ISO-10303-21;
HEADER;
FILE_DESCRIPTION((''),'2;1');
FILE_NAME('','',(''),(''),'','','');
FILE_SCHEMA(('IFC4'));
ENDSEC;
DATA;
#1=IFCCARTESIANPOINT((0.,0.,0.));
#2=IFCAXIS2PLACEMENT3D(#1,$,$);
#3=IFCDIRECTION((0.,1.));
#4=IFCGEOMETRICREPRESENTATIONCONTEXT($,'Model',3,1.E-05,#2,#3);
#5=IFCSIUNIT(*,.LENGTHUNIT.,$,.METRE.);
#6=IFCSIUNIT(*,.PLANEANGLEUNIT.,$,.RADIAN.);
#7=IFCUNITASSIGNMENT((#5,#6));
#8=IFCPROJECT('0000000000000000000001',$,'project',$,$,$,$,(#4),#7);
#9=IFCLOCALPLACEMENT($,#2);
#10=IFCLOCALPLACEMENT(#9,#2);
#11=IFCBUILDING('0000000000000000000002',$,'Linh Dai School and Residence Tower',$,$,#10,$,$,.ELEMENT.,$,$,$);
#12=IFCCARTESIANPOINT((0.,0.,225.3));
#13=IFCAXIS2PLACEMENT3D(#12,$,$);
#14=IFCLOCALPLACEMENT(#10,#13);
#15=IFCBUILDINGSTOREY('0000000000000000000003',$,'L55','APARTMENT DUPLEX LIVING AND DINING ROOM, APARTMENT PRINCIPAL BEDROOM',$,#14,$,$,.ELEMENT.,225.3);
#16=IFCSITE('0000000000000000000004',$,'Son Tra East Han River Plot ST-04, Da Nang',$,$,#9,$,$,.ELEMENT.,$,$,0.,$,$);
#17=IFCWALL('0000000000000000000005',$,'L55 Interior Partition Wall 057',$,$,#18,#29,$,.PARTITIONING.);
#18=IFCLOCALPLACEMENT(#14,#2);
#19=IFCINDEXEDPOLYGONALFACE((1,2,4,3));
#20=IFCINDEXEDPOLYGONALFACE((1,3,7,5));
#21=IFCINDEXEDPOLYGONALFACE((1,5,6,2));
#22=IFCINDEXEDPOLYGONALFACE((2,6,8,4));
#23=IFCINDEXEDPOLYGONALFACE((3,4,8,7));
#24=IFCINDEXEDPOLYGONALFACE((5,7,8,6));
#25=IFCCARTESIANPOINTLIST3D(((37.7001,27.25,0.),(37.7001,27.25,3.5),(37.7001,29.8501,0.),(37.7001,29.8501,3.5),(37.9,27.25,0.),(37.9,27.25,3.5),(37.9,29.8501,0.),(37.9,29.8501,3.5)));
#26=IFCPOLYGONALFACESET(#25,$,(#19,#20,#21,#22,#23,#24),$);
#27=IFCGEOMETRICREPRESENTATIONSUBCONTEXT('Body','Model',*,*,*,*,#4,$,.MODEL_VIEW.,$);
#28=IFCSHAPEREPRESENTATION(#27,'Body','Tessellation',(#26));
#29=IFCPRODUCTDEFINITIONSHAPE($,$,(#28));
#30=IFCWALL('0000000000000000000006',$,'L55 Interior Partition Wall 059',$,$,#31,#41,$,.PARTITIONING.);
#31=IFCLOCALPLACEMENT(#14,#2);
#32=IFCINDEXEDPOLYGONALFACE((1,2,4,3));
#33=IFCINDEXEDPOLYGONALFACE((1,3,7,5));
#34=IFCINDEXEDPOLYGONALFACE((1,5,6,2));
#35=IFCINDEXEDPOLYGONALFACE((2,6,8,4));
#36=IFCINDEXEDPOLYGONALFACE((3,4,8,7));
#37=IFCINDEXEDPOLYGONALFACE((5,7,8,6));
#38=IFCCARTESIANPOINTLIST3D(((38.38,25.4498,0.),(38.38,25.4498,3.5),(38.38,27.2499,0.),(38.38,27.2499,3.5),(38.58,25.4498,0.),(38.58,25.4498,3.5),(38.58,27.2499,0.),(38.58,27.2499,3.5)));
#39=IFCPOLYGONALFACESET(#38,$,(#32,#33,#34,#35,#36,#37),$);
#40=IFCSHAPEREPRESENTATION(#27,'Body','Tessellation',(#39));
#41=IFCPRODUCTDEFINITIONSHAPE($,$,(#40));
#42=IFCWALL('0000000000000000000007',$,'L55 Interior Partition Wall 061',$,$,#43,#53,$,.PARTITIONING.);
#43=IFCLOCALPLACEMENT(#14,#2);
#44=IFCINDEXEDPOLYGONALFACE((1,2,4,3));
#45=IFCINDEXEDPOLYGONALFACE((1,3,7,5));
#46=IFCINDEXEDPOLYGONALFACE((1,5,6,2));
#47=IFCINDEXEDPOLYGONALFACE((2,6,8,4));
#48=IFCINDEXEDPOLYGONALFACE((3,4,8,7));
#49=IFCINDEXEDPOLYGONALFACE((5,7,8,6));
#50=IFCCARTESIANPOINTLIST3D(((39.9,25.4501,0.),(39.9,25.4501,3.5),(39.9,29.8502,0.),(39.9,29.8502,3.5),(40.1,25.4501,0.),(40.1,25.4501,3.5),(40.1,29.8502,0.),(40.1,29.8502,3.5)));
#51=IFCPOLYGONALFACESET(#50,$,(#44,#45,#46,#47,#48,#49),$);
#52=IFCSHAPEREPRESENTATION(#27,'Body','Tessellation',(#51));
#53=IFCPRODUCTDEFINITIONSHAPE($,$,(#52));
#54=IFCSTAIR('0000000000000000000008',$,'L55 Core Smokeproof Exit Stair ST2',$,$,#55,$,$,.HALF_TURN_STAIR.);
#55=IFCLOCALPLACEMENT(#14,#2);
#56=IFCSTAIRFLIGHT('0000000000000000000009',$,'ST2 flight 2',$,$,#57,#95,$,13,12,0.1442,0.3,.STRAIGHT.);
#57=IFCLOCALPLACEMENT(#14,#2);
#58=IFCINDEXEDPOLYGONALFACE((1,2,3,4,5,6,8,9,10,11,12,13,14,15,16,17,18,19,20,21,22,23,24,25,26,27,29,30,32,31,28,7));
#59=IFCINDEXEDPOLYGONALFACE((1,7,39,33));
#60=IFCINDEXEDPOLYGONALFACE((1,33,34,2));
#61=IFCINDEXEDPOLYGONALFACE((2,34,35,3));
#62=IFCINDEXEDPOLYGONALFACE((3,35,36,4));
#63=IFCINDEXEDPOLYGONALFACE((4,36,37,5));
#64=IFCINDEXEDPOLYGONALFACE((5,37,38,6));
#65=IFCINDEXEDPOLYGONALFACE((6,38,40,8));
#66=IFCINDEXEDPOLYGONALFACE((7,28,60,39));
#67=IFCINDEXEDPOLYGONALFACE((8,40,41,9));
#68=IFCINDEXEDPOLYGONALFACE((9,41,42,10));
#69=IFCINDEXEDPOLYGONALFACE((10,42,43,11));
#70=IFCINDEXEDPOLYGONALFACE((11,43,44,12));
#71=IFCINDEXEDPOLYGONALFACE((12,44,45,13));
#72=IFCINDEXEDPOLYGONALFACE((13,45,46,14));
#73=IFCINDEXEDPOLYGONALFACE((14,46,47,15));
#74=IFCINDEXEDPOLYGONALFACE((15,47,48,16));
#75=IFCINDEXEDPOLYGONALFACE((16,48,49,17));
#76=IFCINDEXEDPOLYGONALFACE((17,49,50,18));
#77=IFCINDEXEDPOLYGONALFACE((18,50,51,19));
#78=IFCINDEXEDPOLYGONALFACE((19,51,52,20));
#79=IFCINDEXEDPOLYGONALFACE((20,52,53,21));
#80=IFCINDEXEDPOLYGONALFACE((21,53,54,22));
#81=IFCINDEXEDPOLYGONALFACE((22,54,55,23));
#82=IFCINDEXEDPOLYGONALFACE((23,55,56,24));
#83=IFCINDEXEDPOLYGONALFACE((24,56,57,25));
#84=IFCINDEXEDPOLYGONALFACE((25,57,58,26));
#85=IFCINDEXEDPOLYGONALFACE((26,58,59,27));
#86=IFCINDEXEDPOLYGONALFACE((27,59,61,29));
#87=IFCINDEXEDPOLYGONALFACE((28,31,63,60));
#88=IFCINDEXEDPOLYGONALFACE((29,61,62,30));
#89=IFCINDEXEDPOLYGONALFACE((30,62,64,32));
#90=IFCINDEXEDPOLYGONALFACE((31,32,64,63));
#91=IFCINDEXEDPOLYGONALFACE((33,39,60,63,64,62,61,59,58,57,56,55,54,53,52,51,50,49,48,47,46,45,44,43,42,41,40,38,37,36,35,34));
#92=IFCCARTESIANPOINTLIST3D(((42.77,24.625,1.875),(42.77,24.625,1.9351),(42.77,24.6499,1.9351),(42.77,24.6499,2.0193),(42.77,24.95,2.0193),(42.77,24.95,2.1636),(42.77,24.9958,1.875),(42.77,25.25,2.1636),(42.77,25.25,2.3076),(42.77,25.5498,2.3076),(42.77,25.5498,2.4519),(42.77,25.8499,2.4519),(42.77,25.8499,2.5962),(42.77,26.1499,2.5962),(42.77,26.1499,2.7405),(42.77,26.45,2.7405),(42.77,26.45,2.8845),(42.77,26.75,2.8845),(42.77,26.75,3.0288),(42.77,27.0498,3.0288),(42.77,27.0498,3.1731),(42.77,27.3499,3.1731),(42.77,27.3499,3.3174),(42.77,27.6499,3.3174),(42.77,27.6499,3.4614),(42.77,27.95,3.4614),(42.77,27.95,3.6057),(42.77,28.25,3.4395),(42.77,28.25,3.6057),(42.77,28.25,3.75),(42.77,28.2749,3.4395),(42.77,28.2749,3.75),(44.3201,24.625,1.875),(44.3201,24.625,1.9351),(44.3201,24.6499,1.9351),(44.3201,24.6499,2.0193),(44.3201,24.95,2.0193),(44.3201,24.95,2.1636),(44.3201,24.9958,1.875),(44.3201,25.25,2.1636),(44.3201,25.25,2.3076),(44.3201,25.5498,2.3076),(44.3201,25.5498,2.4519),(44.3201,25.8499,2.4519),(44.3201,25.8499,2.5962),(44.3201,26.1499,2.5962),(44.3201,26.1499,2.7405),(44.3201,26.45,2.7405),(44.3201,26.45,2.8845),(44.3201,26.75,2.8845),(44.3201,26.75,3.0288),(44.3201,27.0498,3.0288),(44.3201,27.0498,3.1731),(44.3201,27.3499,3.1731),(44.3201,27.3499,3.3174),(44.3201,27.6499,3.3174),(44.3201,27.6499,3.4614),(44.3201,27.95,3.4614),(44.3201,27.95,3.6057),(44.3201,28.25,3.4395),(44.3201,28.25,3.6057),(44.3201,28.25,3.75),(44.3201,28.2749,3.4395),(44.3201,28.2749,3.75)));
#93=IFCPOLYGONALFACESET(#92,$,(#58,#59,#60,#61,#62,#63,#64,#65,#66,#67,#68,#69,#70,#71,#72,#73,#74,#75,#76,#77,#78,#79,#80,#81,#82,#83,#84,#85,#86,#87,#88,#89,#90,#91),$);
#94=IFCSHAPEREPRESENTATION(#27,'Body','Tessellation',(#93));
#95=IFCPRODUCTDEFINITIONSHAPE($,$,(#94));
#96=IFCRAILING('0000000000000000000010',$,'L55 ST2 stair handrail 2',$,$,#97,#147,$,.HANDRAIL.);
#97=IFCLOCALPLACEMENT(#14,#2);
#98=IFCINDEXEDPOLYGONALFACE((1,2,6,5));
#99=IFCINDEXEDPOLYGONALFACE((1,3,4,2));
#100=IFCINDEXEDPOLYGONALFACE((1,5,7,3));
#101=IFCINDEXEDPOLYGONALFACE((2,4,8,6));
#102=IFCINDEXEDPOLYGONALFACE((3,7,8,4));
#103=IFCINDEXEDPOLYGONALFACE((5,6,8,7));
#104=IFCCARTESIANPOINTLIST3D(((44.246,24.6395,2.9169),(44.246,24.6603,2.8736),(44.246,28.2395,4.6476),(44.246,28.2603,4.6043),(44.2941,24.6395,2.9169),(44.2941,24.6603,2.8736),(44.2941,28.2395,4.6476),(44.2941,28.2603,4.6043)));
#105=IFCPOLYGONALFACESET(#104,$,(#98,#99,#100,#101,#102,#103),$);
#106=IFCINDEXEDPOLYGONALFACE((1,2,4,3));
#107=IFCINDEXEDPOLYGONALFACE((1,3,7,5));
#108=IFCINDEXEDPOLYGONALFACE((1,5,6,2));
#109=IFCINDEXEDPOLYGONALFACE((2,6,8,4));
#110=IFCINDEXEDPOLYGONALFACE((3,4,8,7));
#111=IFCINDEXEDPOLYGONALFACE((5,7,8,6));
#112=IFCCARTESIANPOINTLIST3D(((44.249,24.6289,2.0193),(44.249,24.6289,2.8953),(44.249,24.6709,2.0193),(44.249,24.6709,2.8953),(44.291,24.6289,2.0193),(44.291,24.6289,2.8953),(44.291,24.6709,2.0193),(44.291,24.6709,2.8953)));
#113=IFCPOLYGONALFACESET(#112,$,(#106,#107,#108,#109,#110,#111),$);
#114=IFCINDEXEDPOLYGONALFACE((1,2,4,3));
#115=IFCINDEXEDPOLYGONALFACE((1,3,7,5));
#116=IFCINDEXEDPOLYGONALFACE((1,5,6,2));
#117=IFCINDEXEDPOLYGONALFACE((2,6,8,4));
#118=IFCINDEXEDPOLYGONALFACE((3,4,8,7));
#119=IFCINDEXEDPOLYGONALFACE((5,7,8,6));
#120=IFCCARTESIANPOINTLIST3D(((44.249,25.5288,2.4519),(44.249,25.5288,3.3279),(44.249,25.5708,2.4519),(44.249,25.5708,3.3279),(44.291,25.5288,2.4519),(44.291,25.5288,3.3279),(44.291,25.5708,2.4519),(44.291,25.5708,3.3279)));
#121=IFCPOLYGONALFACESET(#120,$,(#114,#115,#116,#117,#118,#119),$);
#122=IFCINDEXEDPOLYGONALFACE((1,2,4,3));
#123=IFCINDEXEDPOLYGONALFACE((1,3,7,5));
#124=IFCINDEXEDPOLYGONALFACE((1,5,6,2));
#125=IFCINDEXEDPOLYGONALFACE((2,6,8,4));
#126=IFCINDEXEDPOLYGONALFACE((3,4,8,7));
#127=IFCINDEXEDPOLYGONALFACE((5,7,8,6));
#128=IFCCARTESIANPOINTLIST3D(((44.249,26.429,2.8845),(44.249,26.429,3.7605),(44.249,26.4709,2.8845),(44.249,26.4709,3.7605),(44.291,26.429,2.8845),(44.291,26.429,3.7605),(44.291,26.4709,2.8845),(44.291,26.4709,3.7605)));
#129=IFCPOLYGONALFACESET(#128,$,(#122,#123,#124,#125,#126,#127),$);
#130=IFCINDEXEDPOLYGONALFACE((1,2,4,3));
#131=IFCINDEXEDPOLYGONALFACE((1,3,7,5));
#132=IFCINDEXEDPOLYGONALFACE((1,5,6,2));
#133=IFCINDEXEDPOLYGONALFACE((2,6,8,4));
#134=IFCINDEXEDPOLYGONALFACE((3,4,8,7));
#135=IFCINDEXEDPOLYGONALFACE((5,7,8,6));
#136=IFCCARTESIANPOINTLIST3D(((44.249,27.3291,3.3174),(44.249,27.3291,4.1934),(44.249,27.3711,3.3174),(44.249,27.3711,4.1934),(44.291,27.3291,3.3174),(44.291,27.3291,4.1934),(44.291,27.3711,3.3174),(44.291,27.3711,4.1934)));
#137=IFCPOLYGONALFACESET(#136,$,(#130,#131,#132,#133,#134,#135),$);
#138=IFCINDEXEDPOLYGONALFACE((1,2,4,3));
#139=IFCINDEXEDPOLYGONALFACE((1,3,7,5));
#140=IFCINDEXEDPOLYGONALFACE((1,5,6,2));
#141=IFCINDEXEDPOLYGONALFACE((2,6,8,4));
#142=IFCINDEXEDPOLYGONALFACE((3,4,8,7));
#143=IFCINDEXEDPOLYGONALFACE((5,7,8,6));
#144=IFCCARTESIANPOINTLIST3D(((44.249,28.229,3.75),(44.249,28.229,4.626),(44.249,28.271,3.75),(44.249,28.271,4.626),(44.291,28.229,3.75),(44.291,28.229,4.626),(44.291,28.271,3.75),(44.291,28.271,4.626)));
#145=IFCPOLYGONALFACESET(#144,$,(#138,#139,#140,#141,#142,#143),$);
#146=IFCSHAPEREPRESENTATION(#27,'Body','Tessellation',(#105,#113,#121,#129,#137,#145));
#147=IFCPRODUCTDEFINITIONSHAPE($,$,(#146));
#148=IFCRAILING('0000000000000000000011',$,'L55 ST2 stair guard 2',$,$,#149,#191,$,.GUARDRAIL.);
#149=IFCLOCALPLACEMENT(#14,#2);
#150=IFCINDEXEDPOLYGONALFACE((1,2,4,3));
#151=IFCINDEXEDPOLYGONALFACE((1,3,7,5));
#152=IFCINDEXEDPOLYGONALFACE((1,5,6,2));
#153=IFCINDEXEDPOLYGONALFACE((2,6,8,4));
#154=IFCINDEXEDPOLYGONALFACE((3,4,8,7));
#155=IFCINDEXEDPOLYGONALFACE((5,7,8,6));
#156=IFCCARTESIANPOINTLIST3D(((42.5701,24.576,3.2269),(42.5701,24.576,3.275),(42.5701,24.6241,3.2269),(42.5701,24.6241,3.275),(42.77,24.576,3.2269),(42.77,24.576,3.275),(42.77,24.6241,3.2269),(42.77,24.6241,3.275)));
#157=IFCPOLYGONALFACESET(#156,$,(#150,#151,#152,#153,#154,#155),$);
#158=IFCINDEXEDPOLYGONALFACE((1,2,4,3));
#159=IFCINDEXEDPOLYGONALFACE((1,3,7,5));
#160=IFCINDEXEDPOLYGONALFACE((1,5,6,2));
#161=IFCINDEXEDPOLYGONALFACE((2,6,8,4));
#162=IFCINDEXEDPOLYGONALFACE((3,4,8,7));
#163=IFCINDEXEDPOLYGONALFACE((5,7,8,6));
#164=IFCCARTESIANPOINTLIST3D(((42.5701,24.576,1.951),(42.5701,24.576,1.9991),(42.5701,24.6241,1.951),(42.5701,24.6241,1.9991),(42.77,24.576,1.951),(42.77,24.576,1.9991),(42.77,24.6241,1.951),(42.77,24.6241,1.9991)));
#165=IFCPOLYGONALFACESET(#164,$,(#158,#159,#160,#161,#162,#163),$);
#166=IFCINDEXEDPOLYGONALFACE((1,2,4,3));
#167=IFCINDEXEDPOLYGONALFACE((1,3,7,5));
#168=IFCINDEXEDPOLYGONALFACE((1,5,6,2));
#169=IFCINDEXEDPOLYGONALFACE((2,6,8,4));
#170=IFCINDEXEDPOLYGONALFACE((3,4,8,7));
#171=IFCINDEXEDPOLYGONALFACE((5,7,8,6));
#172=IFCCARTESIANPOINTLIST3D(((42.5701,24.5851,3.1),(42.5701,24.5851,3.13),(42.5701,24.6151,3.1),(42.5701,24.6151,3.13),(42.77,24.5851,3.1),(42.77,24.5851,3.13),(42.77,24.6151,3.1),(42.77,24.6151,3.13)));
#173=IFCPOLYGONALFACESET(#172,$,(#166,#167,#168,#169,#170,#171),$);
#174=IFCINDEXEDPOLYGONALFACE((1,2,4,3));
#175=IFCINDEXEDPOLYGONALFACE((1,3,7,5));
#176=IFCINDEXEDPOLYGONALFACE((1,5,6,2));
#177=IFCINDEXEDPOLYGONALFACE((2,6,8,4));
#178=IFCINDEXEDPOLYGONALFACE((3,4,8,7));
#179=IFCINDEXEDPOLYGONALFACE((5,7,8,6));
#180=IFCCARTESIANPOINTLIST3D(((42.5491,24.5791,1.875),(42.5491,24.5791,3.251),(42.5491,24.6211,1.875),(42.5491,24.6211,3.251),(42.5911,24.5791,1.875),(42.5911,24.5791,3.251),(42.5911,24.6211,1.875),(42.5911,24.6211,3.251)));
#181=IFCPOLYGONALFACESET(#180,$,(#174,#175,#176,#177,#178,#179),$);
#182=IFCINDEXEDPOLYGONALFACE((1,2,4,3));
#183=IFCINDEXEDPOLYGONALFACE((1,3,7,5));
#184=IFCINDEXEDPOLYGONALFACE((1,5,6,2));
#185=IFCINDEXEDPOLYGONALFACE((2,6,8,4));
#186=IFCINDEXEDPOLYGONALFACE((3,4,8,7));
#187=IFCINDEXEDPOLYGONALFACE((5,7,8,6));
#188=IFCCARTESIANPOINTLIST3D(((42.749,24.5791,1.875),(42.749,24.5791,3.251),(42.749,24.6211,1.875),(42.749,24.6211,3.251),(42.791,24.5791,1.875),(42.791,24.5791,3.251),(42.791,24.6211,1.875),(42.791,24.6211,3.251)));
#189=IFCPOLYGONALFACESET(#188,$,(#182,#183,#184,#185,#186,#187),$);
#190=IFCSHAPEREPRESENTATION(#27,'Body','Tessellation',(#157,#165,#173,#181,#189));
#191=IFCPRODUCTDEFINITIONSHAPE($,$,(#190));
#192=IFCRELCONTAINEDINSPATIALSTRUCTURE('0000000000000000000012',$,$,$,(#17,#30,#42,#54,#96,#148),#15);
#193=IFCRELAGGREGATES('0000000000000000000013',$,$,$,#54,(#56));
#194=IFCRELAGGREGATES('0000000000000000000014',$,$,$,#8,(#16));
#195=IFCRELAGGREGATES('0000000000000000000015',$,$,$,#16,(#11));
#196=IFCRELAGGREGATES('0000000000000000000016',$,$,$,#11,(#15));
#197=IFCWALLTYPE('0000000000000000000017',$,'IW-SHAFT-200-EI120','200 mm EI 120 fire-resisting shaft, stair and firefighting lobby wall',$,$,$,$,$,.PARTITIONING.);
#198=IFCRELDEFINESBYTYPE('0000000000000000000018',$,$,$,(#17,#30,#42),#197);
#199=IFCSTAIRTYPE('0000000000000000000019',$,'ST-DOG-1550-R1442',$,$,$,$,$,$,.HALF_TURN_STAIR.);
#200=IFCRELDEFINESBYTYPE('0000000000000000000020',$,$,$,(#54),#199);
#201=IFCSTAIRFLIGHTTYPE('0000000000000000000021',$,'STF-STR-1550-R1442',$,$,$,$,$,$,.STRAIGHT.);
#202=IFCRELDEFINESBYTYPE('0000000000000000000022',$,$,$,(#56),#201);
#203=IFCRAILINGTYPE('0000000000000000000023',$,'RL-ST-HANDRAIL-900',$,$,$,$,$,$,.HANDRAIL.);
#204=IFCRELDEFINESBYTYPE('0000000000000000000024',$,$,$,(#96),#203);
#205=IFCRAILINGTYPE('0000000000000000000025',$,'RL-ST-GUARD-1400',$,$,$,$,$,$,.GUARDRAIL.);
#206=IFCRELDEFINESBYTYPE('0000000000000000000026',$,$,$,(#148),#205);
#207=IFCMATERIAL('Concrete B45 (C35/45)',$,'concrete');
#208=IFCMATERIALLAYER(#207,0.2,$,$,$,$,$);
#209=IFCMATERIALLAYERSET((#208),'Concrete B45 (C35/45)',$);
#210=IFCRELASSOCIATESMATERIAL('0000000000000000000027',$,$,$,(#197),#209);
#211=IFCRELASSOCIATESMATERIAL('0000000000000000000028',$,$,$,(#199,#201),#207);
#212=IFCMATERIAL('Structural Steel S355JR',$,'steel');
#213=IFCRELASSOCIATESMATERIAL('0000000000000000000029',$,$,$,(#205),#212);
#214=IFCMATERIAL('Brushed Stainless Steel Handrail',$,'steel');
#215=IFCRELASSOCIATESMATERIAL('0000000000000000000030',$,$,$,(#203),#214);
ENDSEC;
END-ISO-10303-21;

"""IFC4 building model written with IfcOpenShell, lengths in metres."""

from ifc_helpers import new_model, si_unit, direction, frame, frame_2d, origin, origin_2d, place, context, subcontext, project, spatial, polyline, rectangle, outline, extrude, source, transform, mapped, material, layer, layer_set, type_object, element, aggregate, save


model = new_model("IFC4")

# Units and contexts
model_context = context("Model", 3, precision=1e-05, world=origin(), true_north=direction((0.0, 1.0)))
body_context = subcontext(model_context, "Body", "Model", "MODEL_VIEW")
ifc_project = project(units=[si_unit("LENGTHUNIT", "METRE"), si_unit("PLANEANGLEUNIT", "RADIAN")], contexts=[model_context])

# Site, building, storey
site_placement = place(None, origin())
site = spatial("IfcSite", under=ifc_project, at=site_placement, Name="Son Tra East Han River Plot ST-04, Da Nang", CompositionType="ELEMENT", RefElevation=0.0)
building_placement = place(site_placement, origin())
building = spatial("IfcBuilding", under=site, at=building_placement, Name="Linh Dai School and Residence Tower", CompositionType="ELEMENT")
storey_placement = place(building_placement, frame((0.0, 0.0, 225.3)))
storey = spatial("IfcBuildingStorey", under=building, at=storey_placement, Name="L55", Description="APARTMENT DUPLEX LIVING AND DINING ROOM, APARTMENT PRINCIPAL BEDROOM", CompositionType="ELEMENT", Elevation=225.3)

# Shared definitions
ifc_material_1 = material(Name="Structural Steel S355JR", Category="steel")

# Walls
ifc_material_2 = material(Name="Concrete B45 (C35/45)", Category="concrete")
ifc_layer_1 = layer(ifc_material_2, 0.2)
ifc_layer_set_1 = layer_set([ifc_layer_1], Name="Concrete B45 (C35/45)")
wall_type_1 = type_object("IfcWallType", Name="IW-SHAFT-200-EI120", Description="200 mm EI 120 fire-resisting shaft, stair and firefighting lobby wall", PredefinedType="PARTITIONING", material=ifc_layer_set_1)
wall_1_placement = place(storey_placement, frame((37.8, 27.25, 0.0), z_axis=(0.0, 0.0, 1.0), x_axis=(0.0, 1.0, 0.0)))
element("IfcWall", 1, at=wall_1_placement, inside=storey, type_object=wall_type_1, Name="L55 Interior Partition Wall 057", PredefinedType="PARTITIONING", context=body_context, shape_type="SweptSolid", body=[
    extrude(rectangle(XDim=2.6001, YDim=0.2, at=frame_2d((1.3, 0.0))), origin(), (0.0, 0.0, 1.0), 3.5),
])
wall_2_placement = place(storey_placement, frame((38.48, 25.45, 0.0), z_axis=(0.0, 0.0, 1.0), x_axis=(0.0, 1.0, 0.0)))
element("IfcWall", 2, at=wall_2_placement, inside=storey, type_object=wall_type_1, Name="L55 Interior Partition Wall 059", PredefinedType="PARTITIONING", context=body_context, shape_type="SweptSolid", body=[
    extrude(rectangle(XDim=1.8, YDim=0.2, at=frame_2d((0.8999, 0.0))), origin(), (0.0, 0.0, 1.0), 3.5),
])
wall_3_placement = place(storey_placement, frame((40.0, 25.45, 0.0), z_axis=(0.0, 0.0, 1.0), x_axis=(0.0, 1.0, 0.0)))
element("IfcWall", 3, at=wall_3_placement, inside=storey, type_object=wall_type_1, Name="L55 Interior Partition Wall 061", PredefinedType="PARTITIONING", context=body_context, shape_type="SweptSolid", body=[
    extrude(rectangle(XDim=4.4001, YDim=0.2, at=frame_2d((2.2002, 0.0))), origin(), (0.0, 0.0, 1.0), 3.5),
])

# Stair, stair flight
stair_type = type_object("IfcStairType", Name="ST-DOG-1550-R1442", PredefinedType="HALF_TURN_STAIR", material=ifc_material_2)
stair_placement = place(storey_placement, origin())
stair = element("IfcStair", 4, at=stair_placement, inside=storey, type_object=stair_type, Name="L55 Core Smokeproof Exit Stair ST2", PredefinedType="HALF_TURN_STAIR")
stair_flight_type = type_object("IfcStairFlightType", Name="STF-STR-1550-R1442", PredefinedType="STRAIGHT", material=ifc_material_2)
shared_shape_1 = source(origin(), body_context, "Body", "SweptSolid", [
    extrude(outline(polyline([(-0.0249, 0.0), (-0.0249, 0.0601), (0.0, 0.0601), (0.0, 0.1443), (0.3, 0.1443), (0.3, 0.2886), (0.6001, 0.2886), (0.6001, 0.4326), (0.8999, 0.4326), (0.8999, 0.5769), (1.2, 0.5769), (1.2, 0.7212), (1.5, 0.7212), (1.5, 0.8655), (1.8, 0.8655), (1.8, 1.0095), (2.1001, 1.0095), (2.1001, 1.1538), (2.3999, 1.1538), (2.3999, 1.2981), (2.7, 1.2981), (2.7, 1.4424), (3.0, 1.4424), (3.0, 1.5864), (3.3, 1.5864), (3.3, 1.7307), (3.6001, 1.7307), (3.6001, 1.875), (3.625, 1.875), (3.625, 1.5645), (3.6001, 1.5645), (0.3459, 0.0), (-0.0249, 0.0)])), frame((0.0, 0.7749, 0.0), z_axis=(0.0, -1.0, 0.0), x_axis=(1.0, 0.0, 0.0)), (0.0, 0.0, 1.0), 1.55),
])
stair_flight_placement = place(storey_placement, frame((43.5449, 24.6499, 1.875), z_axis=(0.0, 0.0, 1.0), x_axis=(0.0, 1.0, 0.0)))
stair_flight = element("IfcStairFlight", 5, at=stair_flight_placement, type_object=stair_flight_type, Name="ST2 flight 2", NumberOfRisers=13, NumberOfTreads=12, PredefinedType="STRAIGHT", RiserHeight=0.1442, TreadLength=0.3, context=body_context, shape_type="MappedRepresentation", body=[
    mapped(shared_shape_1, transform((0.0, 0.0, 0.0), x_axis=(1.0, 0.0, 0.0), y_axis=(0.0, 1.0, 0.0), z_axis=(0.0, 0.0, 1.0), scale=1.0)),
])
aggregate(stair, [stair_flight])

# Railings
railing_type_1 = type_object("IfcRailingType", Name="RL-ST-GUARD-1400", PredefinedType="GUARDRAIL", material=ifc_material_1)
ifc_material_3 = material(Name="Brushed Stainless Steel Handrail", Category="steel")
railing_type_2 = type_object("IfcRailingType", Name="RL-ST-HANDRAIL-900", PredefinedType="HANDRAIL", material=ifc_material_3)
shared_shape_2 = source(origin(), body_context, "Body", "SweptSolid", [
    extrude(rectangle(XDim=0.0481, YDim=0.0481, at=origin_2d()), frame((0.0, 0.0, 0.876), z_axis=(0.0, 0.901263, 0.433273), x_axis=(-1.0, 0.0, 0.0)), (0.0, 0.0, 1.0), 3.9944),
    extrude(rectangle(XDim=0.042, YDim=0.042, at=origin_2d()), origin(), (0.0, 0.0, 1.0), 0.876),
    extrude(rectangle(XDim=0.042, YDim=0.042, at=origin_2d()), frame((0.0, 0.8999, 0.4326)), (0.0, 0.0, 1.0), 0.876),
    extrude(rectangle(XDim=0.042, YDim=0.042, at=origin_2d()), frame((0.0, 1.8, 0.8652)), (0.0, 0.0, 1.0), 0.876),
    extrude(rectangle(XDim=0.042, YDim=0.042, at=origin_2d()), frame((0.0, 2.7002, 1.2981)), (0.0, 0.0, 1.0), 0.876),
    extrude(rectangle(XDim=0.042, YDim=0.042, at=origin_2d()), frame((0.0, 3.6001, 1.7307)), (0.0, 0.0, 1.0), 0.876),
])
railing_1_placement = place(storey_placement, frame((44.27, 24.6499, 2.0193)))
element("IfcRailing", 6, at=railing_1_placement, inside=storey, type_object=railing_type_2, Name="L55 ST2 stair handrail 2", PredefinedType="HANDRAIL", context=body_context, shape_type="MappedRepresentation", body=[
    mapped(shared_shape_2, transform((0.0, 0.0, 0.0), x_axis=(1.0, 0.0, 0.0), y_axis=(0.0, 1.0, 0.0), z_axis=(0.0, 0.0, 1.0), scale=1.0)),
])
shared_shape_3 = source(origin(), body_context, "Body", "SweptSolid", [
    extrude(rectangle(XDim=0.0481, YDim=0.0481, at=origin_2d()), frame((0.0, 0.0, 1.376), z_axis=(1.0, 0.0, 0.0), x_axis=(0.0, 1.0, 0.0)), (0.0, 0.0, 1.0), 0.2),
    extrude(rectangle(XDim=0.0481, YDim=0.0481, at=origin_2d()), frame((0.0, 0.0, 0.1001), z_axis=(1.0, 0.0, 0.0), x_axis=(0.0, 1.0, 0.0)), (0.0, 0.0, 1.0), 0.2),
    extrude(rectangle(XDim=0.03, YDim=0.03, at=origin_2d()), frame((0.0, 0.0, 1.24), z_axis=(1.0, 0.0, 0.0), x_axis=(0.0, 1.0, 0.0)), (0.0, 0.0, 1.0), 0.2),
    extrude(rectangle(XDim=0.042, YDim=0.042, at=origin_2d()), origin(), (0.0, 0.0, 1.0), 1.376),
    extrude(rectangle(XDim=0.042, YDim=0.042, at=origin_2d()), frame((0.2, 0.0, 0.0)), (0.0, 0.0, 1.0), 1.376),
])
railing_2_placement = place(storey_placement, frame((42.5701, 24.6001, 1.875)))
element("IfcRailing", 7, at=railing_2_placement, inside=storey, type_object=railing_type_1, Name="L55 ST2 stair guard 2", PredefinedType="GUARDRAIL", context=body_context, shape_type="MappedRepresentation", body=[
    mapped(shared_shape_3, transform((0.0, 0.0, 0.0), x_axis=(1.0, 0.0, 0.0), y_axis=(0.0, 1.0, 0.0), z_axis=(0.0, 0.0, 1.0), scale=1.0)),
])

save(model, "model.ifc")
